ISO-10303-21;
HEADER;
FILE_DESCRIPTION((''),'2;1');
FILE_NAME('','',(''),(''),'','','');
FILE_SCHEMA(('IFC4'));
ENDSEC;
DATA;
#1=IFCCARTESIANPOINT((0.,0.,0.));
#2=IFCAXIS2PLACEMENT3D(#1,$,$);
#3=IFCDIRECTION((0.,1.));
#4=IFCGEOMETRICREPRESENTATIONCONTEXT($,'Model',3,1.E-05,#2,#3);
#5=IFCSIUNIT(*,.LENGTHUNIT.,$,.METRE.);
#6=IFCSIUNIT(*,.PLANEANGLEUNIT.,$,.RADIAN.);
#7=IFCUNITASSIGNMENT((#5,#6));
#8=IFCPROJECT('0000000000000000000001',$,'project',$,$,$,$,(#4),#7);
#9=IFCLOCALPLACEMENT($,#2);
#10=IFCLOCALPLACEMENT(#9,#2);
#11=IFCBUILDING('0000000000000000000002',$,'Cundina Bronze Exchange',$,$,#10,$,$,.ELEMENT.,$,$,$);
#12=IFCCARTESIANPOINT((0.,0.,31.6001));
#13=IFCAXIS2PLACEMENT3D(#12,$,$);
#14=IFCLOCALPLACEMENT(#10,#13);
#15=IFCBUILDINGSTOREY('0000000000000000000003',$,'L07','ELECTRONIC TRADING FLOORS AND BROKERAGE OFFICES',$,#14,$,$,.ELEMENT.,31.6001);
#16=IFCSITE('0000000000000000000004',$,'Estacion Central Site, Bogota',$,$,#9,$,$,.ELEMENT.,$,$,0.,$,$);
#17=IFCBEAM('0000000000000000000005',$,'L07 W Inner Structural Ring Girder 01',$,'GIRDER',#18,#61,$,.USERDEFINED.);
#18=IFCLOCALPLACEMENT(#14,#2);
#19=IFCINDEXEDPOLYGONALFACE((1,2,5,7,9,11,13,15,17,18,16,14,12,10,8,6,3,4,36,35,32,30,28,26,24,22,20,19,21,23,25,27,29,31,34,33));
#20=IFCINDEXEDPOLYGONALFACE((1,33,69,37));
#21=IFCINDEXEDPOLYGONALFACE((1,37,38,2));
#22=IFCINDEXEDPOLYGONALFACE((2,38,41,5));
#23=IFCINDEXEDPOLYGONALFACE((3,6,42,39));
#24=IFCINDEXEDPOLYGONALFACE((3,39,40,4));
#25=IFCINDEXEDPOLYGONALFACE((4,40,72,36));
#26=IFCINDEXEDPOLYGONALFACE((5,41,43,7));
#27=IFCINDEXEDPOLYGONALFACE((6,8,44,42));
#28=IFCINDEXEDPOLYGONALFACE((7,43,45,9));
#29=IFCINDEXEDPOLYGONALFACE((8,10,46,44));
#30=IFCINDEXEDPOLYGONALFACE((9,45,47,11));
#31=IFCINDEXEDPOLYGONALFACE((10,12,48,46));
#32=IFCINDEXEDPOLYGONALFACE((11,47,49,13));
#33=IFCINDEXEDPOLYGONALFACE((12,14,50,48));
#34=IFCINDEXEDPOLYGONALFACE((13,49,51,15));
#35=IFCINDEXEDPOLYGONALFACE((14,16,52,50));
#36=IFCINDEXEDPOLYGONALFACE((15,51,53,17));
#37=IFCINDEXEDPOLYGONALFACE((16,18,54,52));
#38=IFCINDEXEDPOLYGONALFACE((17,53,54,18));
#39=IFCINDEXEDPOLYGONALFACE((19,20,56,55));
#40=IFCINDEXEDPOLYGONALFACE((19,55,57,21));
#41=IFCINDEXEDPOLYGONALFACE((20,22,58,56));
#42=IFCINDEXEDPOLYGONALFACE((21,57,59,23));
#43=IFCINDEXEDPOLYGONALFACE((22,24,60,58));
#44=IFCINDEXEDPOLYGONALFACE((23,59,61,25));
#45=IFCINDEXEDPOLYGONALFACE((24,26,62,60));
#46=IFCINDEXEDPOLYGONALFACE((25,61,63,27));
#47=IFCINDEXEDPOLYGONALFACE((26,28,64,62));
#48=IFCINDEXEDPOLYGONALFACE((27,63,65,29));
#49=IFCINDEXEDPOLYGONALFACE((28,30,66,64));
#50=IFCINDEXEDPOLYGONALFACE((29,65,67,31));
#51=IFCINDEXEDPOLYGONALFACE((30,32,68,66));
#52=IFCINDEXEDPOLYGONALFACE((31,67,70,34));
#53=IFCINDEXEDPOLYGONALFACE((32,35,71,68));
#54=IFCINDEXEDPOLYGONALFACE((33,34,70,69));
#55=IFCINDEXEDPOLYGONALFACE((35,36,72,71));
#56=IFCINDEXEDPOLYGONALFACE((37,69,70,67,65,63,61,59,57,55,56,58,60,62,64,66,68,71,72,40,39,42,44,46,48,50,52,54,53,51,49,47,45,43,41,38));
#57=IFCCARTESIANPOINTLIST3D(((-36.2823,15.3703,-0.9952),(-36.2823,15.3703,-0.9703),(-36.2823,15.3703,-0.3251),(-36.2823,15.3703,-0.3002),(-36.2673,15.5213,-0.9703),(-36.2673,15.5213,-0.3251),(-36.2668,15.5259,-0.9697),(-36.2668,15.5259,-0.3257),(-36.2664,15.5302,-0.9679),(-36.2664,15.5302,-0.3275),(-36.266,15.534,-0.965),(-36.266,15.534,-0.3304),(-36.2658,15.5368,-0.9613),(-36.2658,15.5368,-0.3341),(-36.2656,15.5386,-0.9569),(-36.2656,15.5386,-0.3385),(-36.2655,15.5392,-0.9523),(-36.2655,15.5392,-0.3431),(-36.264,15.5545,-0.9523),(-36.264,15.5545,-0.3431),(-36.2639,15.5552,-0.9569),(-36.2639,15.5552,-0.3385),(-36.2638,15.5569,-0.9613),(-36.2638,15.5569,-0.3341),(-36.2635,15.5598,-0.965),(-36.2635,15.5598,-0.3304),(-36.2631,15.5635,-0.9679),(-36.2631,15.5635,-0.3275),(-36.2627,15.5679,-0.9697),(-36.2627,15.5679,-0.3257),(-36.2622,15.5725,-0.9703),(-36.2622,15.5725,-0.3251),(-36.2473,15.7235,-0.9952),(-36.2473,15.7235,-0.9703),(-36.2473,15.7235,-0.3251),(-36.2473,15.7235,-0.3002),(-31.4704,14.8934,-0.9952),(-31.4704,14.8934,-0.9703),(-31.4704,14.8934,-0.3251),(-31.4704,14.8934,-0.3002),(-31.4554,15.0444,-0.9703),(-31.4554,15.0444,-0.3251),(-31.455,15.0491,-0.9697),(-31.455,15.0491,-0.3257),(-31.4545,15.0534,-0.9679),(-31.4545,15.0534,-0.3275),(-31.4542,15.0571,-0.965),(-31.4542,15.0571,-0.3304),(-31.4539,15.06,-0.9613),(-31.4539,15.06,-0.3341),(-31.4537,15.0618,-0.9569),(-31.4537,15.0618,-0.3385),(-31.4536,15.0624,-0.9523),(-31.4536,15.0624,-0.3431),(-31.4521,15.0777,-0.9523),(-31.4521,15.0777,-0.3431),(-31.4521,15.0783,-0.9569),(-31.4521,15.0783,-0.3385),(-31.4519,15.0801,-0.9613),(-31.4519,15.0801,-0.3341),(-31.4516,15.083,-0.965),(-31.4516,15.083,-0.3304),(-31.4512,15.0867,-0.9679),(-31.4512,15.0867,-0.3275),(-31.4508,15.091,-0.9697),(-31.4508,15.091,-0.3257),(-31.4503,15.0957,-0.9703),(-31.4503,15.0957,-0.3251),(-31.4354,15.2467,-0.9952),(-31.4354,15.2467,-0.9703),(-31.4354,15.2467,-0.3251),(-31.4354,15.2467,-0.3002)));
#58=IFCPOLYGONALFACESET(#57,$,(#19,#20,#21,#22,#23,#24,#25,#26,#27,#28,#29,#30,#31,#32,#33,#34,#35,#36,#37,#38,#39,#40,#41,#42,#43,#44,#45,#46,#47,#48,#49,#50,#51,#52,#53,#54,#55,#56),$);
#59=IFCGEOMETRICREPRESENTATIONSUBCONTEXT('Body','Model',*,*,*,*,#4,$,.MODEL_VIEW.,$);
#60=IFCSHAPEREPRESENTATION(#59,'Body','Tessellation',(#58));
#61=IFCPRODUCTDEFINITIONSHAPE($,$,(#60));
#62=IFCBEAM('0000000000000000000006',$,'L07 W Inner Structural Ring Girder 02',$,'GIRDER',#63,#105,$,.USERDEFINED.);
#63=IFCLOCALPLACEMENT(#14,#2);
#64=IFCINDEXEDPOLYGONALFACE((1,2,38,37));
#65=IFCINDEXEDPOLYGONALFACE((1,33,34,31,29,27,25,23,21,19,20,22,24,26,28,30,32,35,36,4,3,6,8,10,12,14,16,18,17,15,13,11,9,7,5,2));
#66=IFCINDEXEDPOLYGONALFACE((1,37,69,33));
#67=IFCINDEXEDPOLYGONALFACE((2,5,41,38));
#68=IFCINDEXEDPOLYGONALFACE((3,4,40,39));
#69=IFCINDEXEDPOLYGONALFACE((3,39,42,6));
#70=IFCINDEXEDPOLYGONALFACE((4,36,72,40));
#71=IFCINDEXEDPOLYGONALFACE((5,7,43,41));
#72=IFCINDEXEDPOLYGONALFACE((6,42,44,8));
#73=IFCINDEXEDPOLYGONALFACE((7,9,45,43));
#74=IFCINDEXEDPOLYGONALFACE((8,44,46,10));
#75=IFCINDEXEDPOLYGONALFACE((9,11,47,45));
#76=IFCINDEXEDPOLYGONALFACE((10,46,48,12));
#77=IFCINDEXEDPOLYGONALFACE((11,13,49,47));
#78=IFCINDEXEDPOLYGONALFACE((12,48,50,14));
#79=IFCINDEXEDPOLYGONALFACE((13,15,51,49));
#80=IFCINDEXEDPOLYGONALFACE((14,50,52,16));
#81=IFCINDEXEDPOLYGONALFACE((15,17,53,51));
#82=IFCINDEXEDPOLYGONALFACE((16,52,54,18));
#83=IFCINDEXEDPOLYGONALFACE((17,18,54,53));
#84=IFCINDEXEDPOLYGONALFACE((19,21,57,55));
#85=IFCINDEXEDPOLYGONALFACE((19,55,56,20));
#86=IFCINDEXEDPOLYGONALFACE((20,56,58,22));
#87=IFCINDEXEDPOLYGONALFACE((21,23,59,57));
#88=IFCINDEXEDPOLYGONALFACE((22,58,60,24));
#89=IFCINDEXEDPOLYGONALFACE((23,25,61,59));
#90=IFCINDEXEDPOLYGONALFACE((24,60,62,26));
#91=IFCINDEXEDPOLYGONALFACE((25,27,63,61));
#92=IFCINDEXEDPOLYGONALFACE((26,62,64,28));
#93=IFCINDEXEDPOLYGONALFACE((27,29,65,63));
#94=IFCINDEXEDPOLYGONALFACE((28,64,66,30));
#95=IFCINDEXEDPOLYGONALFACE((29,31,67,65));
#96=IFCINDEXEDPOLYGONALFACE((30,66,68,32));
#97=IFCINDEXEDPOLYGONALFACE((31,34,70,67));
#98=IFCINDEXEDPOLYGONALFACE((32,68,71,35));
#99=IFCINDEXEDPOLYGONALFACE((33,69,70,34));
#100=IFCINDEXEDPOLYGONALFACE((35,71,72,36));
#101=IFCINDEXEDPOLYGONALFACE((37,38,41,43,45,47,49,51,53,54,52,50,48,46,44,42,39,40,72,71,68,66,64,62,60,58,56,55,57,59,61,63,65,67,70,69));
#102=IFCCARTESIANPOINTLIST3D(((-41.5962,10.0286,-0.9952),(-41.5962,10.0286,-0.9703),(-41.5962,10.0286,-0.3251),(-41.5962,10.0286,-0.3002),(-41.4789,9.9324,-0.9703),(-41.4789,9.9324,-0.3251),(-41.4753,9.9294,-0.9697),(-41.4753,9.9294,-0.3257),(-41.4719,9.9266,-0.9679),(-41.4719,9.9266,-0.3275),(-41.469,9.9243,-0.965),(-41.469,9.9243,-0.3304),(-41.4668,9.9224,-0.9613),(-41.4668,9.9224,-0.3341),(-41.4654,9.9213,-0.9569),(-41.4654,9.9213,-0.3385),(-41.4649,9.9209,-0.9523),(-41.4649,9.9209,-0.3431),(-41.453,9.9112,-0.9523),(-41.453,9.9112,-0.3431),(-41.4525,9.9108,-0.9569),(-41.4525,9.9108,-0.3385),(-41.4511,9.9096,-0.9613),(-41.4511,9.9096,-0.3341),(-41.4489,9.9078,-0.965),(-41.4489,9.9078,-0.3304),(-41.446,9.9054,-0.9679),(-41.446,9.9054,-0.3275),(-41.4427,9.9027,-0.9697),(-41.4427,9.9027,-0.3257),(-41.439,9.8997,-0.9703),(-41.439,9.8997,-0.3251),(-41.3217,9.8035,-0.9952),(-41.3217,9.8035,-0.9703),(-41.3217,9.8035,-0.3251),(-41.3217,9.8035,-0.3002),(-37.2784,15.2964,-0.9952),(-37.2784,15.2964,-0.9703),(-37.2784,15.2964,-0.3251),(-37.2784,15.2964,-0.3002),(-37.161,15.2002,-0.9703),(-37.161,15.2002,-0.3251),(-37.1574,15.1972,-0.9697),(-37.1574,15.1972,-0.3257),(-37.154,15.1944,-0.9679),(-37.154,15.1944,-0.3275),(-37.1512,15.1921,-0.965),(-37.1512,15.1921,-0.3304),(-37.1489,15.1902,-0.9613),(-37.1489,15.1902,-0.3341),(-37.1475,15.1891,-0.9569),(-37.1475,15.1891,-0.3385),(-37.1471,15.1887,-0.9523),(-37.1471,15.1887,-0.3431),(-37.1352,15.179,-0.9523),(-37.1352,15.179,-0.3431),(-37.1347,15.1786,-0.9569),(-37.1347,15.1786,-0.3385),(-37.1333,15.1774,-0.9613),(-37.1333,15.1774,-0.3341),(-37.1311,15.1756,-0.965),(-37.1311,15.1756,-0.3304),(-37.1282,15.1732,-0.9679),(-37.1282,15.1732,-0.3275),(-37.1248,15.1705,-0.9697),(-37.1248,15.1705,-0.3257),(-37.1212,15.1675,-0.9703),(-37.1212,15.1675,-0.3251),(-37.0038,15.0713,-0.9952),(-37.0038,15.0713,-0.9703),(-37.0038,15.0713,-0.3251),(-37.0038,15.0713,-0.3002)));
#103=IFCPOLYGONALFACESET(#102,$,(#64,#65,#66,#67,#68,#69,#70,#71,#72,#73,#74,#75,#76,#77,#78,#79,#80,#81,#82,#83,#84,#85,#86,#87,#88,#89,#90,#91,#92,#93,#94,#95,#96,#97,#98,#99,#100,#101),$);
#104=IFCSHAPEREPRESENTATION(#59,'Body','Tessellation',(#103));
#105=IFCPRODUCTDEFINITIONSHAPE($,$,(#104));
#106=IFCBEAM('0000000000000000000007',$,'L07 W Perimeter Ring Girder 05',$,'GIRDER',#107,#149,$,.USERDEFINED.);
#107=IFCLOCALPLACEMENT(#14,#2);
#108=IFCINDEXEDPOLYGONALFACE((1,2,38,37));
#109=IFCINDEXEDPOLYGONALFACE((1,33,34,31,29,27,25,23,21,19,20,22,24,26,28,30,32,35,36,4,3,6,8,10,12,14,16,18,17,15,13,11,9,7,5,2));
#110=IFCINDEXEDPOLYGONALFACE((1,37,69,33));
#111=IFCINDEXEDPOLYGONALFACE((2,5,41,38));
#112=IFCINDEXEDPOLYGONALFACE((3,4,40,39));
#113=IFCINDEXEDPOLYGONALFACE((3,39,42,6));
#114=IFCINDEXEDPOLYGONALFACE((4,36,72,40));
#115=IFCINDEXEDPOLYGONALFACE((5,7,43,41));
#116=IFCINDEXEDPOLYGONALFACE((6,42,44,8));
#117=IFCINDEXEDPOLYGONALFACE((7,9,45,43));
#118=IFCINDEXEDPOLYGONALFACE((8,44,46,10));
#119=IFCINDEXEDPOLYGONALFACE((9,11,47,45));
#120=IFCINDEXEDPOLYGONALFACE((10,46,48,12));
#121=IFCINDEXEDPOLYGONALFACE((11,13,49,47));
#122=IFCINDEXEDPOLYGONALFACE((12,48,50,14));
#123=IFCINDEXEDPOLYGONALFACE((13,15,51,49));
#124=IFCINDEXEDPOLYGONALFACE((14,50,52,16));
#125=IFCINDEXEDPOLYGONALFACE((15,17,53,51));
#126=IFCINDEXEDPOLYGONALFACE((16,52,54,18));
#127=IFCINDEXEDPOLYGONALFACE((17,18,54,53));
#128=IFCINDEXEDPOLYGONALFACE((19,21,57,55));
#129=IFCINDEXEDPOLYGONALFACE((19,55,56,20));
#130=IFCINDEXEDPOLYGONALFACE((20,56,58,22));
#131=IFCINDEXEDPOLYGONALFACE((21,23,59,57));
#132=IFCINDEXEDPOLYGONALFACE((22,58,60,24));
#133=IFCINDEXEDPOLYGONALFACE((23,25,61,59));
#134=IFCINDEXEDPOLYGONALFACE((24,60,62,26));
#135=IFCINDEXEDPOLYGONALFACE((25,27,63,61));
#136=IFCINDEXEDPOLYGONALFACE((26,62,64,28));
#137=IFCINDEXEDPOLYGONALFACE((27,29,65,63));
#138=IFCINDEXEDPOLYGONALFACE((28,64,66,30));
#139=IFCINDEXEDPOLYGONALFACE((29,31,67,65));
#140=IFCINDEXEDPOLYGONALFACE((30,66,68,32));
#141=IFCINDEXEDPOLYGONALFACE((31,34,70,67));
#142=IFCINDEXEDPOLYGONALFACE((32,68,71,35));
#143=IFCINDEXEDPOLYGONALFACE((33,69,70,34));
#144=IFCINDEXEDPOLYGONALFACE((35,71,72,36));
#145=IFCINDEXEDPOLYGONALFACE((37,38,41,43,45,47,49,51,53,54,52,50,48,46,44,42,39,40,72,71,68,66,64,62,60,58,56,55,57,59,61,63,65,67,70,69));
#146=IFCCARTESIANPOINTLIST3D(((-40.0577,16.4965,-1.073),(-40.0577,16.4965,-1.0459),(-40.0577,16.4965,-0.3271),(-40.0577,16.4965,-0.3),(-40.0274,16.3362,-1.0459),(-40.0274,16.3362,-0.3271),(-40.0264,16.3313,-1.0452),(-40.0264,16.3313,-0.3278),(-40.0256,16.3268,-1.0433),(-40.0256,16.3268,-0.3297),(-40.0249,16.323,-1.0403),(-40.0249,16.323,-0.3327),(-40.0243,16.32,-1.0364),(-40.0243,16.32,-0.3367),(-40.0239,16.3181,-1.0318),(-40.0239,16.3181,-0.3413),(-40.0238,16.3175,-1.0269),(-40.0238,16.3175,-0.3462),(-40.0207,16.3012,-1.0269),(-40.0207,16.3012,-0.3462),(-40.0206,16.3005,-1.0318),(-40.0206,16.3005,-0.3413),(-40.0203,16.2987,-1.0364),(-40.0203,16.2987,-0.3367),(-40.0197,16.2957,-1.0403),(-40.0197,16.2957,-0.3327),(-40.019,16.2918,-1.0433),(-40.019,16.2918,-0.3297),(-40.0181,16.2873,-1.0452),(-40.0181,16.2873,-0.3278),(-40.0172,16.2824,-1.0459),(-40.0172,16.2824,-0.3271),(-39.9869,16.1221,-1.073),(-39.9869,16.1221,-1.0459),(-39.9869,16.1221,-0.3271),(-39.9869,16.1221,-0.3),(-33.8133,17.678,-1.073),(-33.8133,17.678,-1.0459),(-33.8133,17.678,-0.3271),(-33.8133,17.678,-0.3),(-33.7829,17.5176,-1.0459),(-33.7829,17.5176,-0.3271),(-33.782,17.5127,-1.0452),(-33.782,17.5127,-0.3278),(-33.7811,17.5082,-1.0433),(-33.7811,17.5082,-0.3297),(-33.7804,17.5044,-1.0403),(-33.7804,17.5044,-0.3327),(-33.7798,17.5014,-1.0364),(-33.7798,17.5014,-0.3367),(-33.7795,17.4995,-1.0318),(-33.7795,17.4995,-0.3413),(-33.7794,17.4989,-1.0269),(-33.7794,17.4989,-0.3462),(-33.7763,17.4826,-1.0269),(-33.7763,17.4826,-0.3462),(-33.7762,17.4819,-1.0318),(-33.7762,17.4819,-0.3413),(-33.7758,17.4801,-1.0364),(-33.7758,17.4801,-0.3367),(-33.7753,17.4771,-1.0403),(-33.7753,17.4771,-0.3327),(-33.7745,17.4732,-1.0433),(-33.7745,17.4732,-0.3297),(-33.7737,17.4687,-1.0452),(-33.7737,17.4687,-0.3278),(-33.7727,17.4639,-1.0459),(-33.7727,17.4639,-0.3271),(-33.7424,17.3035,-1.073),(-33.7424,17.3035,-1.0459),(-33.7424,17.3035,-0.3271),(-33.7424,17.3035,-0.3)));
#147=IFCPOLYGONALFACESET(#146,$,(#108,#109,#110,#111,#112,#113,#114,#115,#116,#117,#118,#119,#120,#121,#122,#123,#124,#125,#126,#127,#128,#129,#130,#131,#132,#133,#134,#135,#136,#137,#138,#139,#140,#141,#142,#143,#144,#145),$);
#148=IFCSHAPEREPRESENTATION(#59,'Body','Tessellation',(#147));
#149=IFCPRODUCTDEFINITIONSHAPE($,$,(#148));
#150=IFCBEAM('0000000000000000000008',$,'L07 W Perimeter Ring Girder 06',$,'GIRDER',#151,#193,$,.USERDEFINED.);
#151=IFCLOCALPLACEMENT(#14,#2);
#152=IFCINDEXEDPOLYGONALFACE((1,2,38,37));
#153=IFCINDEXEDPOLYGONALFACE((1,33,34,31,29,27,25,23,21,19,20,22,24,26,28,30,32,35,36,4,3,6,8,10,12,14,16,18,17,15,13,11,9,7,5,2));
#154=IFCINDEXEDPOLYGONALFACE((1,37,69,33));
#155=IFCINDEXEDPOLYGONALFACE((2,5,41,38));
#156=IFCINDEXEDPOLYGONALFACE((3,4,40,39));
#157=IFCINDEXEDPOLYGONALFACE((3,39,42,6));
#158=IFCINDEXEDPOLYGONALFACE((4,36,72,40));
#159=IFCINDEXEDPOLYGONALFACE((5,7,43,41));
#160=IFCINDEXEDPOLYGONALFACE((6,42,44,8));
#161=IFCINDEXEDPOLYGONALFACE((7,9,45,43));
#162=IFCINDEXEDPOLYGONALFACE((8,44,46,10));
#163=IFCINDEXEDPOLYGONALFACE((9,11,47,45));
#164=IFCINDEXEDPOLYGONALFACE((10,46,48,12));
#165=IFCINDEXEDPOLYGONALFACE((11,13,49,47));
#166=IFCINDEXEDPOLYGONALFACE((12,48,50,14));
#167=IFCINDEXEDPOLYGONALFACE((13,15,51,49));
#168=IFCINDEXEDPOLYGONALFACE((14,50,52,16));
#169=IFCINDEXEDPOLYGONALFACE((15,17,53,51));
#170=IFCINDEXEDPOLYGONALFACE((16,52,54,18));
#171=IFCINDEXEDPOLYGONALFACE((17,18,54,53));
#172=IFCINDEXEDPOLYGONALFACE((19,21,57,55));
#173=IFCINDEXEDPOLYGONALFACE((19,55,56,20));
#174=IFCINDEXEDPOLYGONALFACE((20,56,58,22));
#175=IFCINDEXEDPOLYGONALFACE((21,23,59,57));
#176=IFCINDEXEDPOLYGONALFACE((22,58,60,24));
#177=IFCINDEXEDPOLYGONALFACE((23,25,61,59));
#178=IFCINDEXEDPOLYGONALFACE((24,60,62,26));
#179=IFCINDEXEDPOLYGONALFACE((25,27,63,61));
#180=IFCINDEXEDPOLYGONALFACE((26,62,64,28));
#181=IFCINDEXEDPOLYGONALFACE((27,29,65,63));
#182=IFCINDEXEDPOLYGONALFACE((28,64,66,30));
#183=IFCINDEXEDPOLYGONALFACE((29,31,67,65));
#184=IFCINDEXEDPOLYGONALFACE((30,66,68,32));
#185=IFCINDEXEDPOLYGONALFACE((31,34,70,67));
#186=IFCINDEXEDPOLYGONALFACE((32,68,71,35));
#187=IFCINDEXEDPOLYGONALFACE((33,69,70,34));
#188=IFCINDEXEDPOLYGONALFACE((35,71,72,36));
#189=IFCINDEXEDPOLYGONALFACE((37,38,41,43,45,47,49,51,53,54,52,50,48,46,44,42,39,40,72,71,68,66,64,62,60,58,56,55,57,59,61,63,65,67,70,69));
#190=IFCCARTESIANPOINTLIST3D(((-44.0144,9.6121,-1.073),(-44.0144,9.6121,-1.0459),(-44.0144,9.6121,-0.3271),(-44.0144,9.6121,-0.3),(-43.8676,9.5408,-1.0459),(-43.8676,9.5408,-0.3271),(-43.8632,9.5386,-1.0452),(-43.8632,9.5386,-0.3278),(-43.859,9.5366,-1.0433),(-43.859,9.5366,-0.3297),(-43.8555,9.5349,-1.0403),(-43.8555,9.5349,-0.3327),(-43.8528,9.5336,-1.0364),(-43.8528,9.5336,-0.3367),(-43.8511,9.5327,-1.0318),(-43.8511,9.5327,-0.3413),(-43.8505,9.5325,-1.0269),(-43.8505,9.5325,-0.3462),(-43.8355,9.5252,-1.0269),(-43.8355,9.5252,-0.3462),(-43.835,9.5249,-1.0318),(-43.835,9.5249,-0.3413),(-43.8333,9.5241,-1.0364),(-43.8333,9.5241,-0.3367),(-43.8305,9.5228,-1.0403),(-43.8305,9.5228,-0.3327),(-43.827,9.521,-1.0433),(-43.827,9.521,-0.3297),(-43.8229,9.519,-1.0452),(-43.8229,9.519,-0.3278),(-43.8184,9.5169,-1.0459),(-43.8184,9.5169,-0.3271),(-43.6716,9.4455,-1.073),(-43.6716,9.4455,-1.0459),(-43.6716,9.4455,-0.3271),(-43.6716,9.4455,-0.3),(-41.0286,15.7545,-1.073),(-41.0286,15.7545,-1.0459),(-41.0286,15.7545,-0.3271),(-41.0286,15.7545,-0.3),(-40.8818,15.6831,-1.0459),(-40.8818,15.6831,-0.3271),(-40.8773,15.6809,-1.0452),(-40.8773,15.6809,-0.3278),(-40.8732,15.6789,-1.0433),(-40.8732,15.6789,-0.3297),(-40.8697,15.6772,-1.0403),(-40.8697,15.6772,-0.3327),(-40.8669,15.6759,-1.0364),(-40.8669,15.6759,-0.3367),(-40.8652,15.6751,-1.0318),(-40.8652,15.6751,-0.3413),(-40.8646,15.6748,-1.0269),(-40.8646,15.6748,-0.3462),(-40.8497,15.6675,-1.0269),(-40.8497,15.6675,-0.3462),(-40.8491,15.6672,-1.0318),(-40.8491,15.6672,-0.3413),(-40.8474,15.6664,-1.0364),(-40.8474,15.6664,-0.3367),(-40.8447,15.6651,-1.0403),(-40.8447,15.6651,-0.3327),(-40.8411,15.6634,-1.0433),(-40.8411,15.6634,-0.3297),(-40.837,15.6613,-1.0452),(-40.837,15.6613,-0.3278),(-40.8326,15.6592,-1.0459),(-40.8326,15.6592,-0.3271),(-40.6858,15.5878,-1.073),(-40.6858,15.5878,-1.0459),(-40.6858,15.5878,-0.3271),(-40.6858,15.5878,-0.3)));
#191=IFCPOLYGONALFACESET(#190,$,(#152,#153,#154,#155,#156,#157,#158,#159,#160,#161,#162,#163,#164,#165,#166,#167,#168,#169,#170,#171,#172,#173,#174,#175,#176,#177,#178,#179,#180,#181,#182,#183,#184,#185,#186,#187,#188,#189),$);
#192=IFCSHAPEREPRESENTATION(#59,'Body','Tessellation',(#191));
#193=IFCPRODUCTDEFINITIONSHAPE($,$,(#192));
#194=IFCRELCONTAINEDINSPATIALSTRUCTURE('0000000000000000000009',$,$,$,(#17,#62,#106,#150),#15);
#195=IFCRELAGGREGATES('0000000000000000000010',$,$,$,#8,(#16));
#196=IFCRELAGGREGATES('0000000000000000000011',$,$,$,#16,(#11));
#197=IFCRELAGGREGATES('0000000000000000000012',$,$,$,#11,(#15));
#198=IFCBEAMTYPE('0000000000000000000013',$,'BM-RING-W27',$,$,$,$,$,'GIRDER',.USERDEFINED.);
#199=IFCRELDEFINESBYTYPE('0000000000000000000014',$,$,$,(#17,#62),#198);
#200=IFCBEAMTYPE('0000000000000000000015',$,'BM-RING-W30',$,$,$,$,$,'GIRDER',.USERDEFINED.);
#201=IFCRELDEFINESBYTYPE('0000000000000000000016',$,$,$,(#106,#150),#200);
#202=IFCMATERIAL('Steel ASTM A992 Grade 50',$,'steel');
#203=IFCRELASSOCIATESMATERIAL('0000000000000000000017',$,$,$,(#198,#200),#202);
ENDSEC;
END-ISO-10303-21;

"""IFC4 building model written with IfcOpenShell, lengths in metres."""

from ifc_helpers import new_model, si_unit, direction, frame, origin, origin_2d, place, context, subcontext, project, spatial, i_section, extrude, material, material_profile, profile_set, type_object, element, save


model = new_model("IFC4")

# Units and contexts
model_context = context("Model", 3, precision=1e-05, world=origin(), true_north=direction((0.0, 1.0)))
body_context = subcontext(model_context, "Body", "Model", "MODEL_VIEW")
ifc_project = project(units=[si_unit("LENGTHUNIT", "METRE"), si_unit("PLANEANGLEUNIT", "RADIAN")], contexts=[model_context])

# Site, building, storey
site_placement = place(None, origin())
site = spatial("IfcSite", under=ifc_project, at=site_placement, Name="Estacion Central Site, Bogota", CompositionType="ELEMENT", RefElevation=0.0)
building_placement = place(site_placement, origin())
building = spatial("IfcBuilding", under=site, at=building_placement, Name="Cundina Bronze Exchange", CompositionType="ELEMENT")
storey_placement = place(building_placement, frame((0.0, 0.0, 31.6001)))
storey = spatial("IfcBuildingStorey", under=building, at=storey_placement, Name="L07", Description="ELECTRONIC TRADING FLOORS AND BROKERAGE OFFICES", CompositionType="ELEMENT", Elevation=31.6001)

# Shared definitions
ifc_material_1 = material(Name="Steel ASTM A992 Grade 50", Category="steel")

# Beams
ifc_material_profile_1 = material_profile(ifc_material_1, i_section(OverallWidth=0.355, OverallDepth=0.6951, WebThickness=0.0154, FlangeThickness=0.0249, FilletRadius=0.0181, at=origin_2d()), Name="W27X146", Category="steel")
ifc_profile_set_1 = profile_set([ifc_material_profile_1], Name="Steel ASTM A992 Grade 50")
beam_type_1 = type_object("IfcBeamType", Name="BM-RING-W27", ElementType="GIRDER", PredefinedType="USERDEFINED", material=ifc_profile_set_1)
beam_1_placement = place(storey_placement, frame((-31.4529, 15.0701, -0.6477), z_axis=(-0.995126, 0.098609, 0.0), x_axis=(-0.098609, -0.995126, 0.0)))
element("IfcBeam", 1, at=beam_1_placement, inside=storey, type_object=beam_type_1, Name="L07 W Inner Structural Ring Girder 01", ObjectType="GIRDER", PredefinedType="USERDEFINED", context=body_context, shape_type="SweptSolid", body=[
    extrude(i_section(OverallWidth=0.355, OverallDepth=0.6951, WebThickness=0.0154, FlangeThickness=0.0249, FilletRadius=0.0181, at=origin_2d()), origin(), (0.0, 0.0, 1.0), 4.8354),
])
beam_2_placement = place(storey_placement, frame((-37.1411, 15.1838, -0.6477), z_axis=(-0.633927, -0.773393, 0.0), x_axis=(0.773393, -0.633927, 0.0)))
element("IfcBeam", 2, at=beam_2_placement, inside=storey, type_object=beam_type_1, Name="L07 W Inner Structural Ring Girder 02", ObjectType="GIRDER", PredefinedType="USERDEFINED", context=body_context, shape_type="SweptSolid", body=[
    extrude(i_section(OverallWidth=0.355, OverallDepth=0.6951, WebThickness=0.0154, FlangeThickness=0.0249, FilletRadius=0.0181, at=origin_2d()), origin(), (0.0, 0.0, 1.0), 6.8113),
])
ifc_material_profile_2 = material_profile(ifc_material_1, i_section(OverallWidth=0.3811, OverallDepth=0.7729, WebThickness=0.0166, FlangeThickness=0.0271, FilletRadius=0.019, at=origin_2d()), Name="W30X173", Category="steel")
ifc_profile_set_2 = profile_set([ifc_material_profile_2], Name="Steel ASTM A992 Grade 50")
beam_type_2 = type_object("IfcBeamType", Name="BM-RING-W30", ElementType="GIRDER", PredefinedType="USERDEFINED", material=ifc_profile_set_2)
beam_3_placement = place(storey_placement, frame((-33.7778, 17.4907, -0.6865), z_axis=(-0.982569, -0.185896, 0.0), x_axis=(0.185896, -0.982569, 0.0)))
element("IfcBeam", 3, at=beam_3_placement, inside=storey, type_object=beam_type_2, Name="L07 W Perimeter Ring Girder 05", ObjectType="GIRDER", PredefinedType="USERDEFINED", context=body_context, shape_type="SweptSolid", body=[
    extrude(i_section(OverallWidth=0.3811, OverallDepth=0.7729, WebThickness=0.0166, FlangeThickness=0.0271, FilletRadius=0.019, at=origin_2d()), origin(), (0.0, 0.0, 1.0), 6.3552),
])
beam_4_placement = place(storey_placement, frame((-40.8572, 15.6711, -0.6865), z_axis=(-0.437191, -0.899369, 0.0), x_axis=(0.899369, -0.437191, 0.0)))
element("IfcBeam", 4, at=beam_4_placement, inside=storey, type_object=beam_type_2, Name="L07 W Perimeter Ring Girder 06", ObjectType="GIRDER", PredefinedType="USERDEFINED", context=body_context, shape_type="SweptSolid", body=[
    extrude(i_section(OverallWidth=0.3811, OverallDepth=0.7729, WebThickness=0.0166, FlangeThickness=0.0271, FilletRadius=0.019, at=origin_2d()), origin(), (0.0, 0.0, 1.0), 6.8296),
])

save(model, "model.ifc")
